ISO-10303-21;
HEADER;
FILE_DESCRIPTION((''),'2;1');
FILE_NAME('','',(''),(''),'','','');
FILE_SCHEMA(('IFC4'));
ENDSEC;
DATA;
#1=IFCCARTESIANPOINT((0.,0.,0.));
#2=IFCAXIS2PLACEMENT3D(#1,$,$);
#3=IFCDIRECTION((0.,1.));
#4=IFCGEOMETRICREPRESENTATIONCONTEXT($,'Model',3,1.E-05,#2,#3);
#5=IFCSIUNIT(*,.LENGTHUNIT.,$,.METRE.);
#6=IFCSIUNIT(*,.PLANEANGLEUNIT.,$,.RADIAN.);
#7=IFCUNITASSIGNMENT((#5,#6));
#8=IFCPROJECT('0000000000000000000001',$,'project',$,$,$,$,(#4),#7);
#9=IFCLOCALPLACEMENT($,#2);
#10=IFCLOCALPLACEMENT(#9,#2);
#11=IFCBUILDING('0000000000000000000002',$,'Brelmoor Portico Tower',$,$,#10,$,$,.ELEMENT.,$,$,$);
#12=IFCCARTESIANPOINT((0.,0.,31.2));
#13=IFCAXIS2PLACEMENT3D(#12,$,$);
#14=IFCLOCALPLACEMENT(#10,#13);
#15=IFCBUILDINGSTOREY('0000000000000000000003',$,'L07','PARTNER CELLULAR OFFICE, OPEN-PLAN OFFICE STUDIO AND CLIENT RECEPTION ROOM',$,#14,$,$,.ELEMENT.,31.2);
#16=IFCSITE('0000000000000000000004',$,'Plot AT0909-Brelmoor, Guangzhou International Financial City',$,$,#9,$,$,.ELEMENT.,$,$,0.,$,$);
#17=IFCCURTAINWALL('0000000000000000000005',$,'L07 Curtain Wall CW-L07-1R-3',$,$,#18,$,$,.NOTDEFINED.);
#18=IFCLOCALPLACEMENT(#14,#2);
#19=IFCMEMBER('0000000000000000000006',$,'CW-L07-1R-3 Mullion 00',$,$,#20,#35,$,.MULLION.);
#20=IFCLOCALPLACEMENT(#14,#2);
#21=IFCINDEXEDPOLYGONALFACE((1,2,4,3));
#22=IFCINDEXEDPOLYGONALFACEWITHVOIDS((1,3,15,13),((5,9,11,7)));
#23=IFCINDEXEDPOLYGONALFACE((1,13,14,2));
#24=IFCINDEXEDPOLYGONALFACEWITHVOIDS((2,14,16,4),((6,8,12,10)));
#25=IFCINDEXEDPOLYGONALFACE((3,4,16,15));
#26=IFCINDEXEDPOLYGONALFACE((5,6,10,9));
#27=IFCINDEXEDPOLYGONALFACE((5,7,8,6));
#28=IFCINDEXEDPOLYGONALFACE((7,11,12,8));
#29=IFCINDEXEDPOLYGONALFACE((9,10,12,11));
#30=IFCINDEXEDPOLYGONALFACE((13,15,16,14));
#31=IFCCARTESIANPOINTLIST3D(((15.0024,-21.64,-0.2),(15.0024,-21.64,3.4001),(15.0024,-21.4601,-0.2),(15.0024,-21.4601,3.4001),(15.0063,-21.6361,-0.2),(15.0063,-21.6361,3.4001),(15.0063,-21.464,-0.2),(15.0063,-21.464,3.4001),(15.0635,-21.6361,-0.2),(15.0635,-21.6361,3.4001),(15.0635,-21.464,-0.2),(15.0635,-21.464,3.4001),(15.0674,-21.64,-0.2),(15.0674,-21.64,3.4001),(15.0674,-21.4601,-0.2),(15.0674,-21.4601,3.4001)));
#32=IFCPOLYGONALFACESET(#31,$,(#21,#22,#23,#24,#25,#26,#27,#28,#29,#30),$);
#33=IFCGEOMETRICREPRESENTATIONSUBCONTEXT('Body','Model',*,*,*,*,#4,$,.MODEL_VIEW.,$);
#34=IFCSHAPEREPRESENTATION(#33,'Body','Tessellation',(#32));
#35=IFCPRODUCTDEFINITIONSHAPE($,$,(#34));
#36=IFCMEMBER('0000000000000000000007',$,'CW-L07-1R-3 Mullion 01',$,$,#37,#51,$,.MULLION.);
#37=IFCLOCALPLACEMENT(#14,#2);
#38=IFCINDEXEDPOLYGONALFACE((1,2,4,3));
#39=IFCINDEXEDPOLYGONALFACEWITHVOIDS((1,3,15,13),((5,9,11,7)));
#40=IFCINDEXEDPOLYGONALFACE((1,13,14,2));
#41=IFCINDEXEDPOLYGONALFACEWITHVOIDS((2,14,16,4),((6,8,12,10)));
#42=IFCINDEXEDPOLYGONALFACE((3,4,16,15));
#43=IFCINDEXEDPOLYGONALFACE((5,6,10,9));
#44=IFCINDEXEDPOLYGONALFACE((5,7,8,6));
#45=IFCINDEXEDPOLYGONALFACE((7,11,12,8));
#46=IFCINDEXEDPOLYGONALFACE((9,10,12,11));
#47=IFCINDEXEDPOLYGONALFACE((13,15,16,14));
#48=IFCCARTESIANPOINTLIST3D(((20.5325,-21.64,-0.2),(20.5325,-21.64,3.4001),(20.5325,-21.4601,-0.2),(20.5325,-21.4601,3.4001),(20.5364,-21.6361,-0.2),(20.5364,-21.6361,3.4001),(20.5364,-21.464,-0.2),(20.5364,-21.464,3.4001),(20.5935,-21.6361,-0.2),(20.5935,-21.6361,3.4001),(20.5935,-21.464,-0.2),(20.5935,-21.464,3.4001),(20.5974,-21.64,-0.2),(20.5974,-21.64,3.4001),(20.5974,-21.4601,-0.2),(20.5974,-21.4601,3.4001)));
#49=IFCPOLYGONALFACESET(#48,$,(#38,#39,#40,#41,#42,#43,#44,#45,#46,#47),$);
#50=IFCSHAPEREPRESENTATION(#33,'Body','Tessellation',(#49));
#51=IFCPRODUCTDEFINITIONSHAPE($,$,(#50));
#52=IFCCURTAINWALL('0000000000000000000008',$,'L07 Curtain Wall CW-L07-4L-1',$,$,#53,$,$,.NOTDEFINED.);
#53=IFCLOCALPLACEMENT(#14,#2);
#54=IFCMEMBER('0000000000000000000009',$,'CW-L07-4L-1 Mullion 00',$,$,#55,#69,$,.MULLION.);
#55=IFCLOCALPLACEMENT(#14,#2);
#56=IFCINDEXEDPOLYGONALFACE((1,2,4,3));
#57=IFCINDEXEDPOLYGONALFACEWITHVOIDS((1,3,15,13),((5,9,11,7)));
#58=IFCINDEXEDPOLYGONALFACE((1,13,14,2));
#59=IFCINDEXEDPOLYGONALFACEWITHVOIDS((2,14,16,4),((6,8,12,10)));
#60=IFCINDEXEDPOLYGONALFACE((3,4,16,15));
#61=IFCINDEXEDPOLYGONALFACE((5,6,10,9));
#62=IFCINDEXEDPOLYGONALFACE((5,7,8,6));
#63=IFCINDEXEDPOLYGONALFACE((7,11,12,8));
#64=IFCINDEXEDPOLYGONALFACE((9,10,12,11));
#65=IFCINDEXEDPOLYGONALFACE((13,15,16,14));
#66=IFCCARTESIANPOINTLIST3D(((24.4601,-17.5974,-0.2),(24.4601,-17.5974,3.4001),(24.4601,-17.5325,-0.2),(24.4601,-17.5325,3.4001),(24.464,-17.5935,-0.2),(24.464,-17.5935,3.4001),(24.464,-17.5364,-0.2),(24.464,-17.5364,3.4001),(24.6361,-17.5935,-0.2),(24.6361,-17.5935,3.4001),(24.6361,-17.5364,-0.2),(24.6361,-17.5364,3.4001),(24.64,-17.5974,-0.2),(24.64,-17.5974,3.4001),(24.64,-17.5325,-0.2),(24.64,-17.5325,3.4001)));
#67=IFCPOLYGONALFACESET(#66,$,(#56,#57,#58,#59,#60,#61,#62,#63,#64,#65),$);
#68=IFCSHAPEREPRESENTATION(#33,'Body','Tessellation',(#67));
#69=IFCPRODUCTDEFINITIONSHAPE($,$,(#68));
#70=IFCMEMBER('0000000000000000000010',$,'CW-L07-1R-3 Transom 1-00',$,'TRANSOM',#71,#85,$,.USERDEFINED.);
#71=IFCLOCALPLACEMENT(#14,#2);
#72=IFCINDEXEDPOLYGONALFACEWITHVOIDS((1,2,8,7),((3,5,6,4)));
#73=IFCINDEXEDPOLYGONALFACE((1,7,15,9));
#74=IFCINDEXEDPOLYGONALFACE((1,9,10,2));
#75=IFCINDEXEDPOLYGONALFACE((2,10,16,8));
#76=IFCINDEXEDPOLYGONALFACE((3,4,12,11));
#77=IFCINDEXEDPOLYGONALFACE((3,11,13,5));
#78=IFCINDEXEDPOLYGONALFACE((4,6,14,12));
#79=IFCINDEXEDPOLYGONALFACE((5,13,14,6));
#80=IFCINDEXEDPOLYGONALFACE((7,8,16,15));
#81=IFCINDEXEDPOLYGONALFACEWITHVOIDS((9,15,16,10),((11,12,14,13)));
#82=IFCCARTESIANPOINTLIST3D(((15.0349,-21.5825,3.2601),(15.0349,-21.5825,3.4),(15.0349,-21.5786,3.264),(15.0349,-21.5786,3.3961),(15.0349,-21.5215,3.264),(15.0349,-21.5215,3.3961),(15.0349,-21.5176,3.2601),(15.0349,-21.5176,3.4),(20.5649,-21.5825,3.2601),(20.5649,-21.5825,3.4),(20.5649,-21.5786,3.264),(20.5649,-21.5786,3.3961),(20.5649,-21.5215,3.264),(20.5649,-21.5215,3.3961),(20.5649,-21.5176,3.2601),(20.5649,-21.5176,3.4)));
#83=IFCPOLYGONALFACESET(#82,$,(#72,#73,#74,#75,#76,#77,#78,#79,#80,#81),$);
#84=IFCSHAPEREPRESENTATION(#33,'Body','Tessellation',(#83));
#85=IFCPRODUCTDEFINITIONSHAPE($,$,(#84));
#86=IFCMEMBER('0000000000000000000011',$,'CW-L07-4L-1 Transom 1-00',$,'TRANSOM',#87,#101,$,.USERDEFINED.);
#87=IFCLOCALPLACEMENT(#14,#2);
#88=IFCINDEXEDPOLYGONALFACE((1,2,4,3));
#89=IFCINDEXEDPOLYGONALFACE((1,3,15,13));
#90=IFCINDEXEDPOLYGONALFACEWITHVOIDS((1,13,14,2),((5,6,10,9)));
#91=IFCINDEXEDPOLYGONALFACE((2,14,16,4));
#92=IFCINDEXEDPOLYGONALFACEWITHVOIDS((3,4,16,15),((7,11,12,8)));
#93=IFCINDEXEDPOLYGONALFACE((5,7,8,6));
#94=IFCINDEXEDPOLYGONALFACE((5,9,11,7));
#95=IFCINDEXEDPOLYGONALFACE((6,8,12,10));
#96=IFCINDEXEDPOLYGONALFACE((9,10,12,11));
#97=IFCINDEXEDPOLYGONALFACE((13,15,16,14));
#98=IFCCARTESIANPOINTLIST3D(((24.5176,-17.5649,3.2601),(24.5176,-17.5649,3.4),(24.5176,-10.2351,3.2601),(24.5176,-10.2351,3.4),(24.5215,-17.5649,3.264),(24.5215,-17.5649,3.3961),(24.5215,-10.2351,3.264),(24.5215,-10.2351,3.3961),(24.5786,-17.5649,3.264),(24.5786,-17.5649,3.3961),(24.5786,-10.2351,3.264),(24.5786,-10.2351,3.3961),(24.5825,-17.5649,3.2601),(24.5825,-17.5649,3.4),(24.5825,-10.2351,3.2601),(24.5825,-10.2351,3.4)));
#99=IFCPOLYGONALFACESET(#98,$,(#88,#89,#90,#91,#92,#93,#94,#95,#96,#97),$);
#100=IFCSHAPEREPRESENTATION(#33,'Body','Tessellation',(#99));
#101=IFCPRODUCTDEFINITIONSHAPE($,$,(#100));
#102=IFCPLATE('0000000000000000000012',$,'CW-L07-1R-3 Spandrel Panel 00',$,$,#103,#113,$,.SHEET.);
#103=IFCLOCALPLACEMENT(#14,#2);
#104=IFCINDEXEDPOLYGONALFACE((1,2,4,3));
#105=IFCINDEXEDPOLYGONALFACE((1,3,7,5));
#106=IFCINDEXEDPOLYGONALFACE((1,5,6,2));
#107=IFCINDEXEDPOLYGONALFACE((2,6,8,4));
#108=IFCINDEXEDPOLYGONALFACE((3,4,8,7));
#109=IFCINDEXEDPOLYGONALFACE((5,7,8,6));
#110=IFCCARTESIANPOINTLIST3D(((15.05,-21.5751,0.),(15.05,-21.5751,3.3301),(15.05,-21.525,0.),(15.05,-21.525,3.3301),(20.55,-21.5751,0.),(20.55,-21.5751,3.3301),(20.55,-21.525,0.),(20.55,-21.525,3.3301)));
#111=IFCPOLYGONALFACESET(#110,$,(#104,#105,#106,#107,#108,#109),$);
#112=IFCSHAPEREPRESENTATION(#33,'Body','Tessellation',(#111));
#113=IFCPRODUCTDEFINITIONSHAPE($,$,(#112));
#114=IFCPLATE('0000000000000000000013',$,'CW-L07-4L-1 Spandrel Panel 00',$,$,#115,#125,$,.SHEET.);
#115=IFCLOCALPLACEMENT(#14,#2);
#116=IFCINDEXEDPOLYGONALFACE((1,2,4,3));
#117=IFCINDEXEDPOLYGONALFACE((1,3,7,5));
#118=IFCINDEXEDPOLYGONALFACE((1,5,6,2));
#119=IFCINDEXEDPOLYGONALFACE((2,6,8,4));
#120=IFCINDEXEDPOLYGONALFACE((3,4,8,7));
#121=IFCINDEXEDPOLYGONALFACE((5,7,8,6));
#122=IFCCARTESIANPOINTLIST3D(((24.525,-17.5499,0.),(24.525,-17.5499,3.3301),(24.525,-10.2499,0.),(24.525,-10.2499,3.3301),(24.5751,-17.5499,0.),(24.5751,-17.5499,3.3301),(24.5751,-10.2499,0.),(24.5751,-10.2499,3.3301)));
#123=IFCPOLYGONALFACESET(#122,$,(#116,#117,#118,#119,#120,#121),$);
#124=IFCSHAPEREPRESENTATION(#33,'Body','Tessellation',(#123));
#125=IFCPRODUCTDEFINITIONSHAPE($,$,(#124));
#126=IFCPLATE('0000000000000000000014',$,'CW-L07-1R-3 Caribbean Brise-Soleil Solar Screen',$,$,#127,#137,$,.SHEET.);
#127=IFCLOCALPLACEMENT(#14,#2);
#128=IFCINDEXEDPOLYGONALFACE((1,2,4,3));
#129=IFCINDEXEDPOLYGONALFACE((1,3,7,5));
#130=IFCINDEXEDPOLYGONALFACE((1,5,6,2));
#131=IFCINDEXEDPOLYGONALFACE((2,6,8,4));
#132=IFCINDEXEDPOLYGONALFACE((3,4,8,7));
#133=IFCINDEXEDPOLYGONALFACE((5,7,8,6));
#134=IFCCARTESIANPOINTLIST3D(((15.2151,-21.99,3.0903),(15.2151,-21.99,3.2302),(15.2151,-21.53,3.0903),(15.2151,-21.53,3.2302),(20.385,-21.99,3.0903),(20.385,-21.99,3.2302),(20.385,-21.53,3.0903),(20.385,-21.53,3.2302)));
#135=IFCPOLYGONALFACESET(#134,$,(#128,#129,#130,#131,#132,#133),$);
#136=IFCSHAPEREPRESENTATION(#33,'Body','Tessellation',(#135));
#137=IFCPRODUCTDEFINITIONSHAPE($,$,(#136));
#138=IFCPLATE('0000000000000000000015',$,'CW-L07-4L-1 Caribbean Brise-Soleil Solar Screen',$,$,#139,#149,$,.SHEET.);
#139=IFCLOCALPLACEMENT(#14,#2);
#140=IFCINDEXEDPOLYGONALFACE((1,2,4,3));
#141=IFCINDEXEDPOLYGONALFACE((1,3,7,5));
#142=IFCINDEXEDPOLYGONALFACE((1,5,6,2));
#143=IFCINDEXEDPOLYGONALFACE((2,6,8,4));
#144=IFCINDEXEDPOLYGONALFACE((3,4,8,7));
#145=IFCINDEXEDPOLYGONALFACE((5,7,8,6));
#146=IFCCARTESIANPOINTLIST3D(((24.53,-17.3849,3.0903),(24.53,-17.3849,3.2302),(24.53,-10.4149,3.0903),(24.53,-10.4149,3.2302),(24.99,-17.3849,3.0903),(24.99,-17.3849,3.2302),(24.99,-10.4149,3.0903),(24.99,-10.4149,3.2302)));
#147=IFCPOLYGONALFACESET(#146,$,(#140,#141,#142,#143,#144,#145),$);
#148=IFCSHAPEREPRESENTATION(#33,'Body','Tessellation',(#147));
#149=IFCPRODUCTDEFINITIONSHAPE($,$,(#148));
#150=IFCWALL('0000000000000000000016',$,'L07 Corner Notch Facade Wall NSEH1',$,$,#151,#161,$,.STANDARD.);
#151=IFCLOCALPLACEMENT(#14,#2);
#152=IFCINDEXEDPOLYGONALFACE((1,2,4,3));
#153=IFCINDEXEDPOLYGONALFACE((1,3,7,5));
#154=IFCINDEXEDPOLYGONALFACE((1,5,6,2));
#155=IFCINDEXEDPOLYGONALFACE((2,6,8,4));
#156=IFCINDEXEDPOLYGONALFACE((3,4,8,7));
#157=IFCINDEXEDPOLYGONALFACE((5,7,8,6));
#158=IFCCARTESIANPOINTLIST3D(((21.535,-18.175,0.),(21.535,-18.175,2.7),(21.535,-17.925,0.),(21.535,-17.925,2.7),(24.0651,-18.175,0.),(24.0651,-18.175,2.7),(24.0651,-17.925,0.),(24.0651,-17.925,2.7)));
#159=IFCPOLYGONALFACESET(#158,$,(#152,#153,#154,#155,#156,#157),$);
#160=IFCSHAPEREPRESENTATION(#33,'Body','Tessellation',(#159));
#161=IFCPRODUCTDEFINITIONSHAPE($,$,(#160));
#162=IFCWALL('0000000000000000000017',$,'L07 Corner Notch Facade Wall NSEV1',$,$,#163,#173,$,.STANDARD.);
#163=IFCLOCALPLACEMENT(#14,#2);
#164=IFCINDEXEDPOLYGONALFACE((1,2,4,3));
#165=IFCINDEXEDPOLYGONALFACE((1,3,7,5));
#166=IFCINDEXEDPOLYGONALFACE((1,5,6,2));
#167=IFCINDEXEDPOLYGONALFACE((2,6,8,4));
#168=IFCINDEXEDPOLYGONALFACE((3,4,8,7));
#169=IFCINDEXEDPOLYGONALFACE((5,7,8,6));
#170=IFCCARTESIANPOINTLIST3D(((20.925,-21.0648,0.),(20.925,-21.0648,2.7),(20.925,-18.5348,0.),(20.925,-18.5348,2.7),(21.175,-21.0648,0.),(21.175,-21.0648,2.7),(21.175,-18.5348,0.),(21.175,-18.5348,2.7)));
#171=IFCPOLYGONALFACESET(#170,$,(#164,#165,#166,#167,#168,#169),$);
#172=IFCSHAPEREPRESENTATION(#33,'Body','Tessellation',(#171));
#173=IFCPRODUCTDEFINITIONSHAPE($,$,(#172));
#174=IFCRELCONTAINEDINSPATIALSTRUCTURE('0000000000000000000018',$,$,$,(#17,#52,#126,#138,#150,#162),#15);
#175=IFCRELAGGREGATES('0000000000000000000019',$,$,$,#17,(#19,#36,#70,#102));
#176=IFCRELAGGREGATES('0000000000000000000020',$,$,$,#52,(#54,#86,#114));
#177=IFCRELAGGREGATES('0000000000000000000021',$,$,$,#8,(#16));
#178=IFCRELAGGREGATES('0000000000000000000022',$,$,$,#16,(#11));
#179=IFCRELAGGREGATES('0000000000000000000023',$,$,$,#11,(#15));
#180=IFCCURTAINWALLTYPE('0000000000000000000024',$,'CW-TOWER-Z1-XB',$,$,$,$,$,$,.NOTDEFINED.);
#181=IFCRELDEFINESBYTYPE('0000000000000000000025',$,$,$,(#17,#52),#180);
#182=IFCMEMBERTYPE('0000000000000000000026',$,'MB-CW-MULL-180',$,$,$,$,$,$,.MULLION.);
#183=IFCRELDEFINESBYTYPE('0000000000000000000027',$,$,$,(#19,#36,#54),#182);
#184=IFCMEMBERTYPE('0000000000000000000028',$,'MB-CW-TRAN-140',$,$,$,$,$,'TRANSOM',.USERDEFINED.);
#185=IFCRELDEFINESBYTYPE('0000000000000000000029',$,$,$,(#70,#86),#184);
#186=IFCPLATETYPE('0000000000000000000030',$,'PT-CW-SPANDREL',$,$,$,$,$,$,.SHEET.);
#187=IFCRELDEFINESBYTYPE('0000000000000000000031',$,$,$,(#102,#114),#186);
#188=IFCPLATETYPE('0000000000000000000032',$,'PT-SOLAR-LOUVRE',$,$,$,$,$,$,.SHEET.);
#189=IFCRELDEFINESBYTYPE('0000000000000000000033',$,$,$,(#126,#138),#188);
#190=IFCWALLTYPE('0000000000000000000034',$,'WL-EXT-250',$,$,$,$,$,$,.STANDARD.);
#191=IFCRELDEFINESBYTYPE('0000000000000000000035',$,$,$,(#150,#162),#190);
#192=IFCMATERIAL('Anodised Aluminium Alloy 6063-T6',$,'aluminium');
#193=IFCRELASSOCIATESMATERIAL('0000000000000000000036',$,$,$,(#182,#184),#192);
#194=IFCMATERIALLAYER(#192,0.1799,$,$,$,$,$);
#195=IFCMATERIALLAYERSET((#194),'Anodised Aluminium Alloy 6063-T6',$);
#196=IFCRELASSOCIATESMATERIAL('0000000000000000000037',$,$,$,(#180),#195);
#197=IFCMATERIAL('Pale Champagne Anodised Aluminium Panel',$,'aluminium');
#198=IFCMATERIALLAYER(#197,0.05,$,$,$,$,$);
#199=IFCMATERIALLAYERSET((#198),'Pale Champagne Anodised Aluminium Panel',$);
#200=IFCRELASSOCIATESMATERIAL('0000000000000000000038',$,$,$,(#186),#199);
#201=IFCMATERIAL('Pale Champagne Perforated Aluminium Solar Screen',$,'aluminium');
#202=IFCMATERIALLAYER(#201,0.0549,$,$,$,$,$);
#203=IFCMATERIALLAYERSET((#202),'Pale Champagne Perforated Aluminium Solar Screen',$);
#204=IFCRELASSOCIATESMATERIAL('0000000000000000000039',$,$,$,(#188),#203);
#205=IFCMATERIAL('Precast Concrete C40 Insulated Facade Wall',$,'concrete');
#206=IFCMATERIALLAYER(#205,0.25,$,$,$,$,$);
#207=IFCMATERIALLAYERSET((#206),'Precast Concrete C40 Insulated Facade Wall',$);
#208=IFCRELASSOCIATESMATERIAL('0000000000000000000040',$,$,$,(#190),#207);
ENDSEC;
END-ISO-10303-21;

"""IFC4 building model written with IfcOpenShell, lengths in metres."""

from ifc_helpers import new_model, si_unit, direction, frame, frame_2d, origin, origin_2d, place, context, subcontext, project, spatial, rectangle, hollow_rectangle, extrude, material, layer, layer_set, material_profile, profile_set, type_object, element, aggregate, save


model = new_model("IFC4")

# Units and contexts
model_context = context("Model", 3, precision=1e-05, world=origin(), true_north=direction((0.0, 1.0)))
body_context = subcontext(model_context, "Body", "Model", "MODEL_VIEW")
ifc_project = project(units=[si_unit("LENGTHUNIT", "METRE"), si_unit("PLANEANGLEUNIT", "RADIAN")], contexts=[model_context])

# Site, building, storey
site_placement = place(None, origin())
site = spatial("IfcSite", under=ifc_project, at=site_placement, Name="Plot AT0909-Brelmoor, Guangzhou International Financial City", CompositionType="ELEMENT", RefElevation=0.0)
building_placement = place(site_placement, origin())
building = spatial("IfcBuilding", under=site, at=building_placement, Name="Brelmoor Portico Tower", CompositionType="ELEMENT")
storey_placement = place(building_placement, frame((0.0, 0.0, 31.2)))
storey = spatial("IfcBuildingStorey", under=building, at=storey_placement, Name="L07", Description="PARTNER CELLULAR OFFICE, OPEN-PLAN OFFICE STUDIO AND CLIENT RECEPTION ROOM", CompositionType="ELEMENT", Elevation=31.2)

# Shared definitions
ifc_material_1 = material(Name="Anodised Aluminium Alloy 6063-T6", Category="aluminium")
ifc_material_profile_1 = material_profile(ifc_material_1, hollow_rectangle(XDim=0.0649, YDim=0.1799, WallThickness=0.0039, at=origin_2d()), Name="ALU MULLION 65x180")
ifc_profile_set_1 = profile_set([ifc_material_profile_1], Name="Anodised Aluminium Alloy 6063-T6")
member_type_1 = type_object("IfcMemberType", Name="MB-CW-MULL-180", PredefinedType="MULLION", material=ifc_profile_set_1)

# Curtain wall, members
ifc_layer_1 = layer(ifc_material_1, 0.1799)
ifc_layer_set_1 = layer_set([ifc_layer_1], Name="Anodised Aluminium Alloy 6063-T6")
curtain_wall_type_1 = type_object("IfcCurtainWallType", Name="CW-TOWER-Z1-XB", PredefinedType="NOTDEFINED", material=ifc_layer_set_1)
curtain_wall_1_placement = place(storey_placement, origin())
curtain_wall_1 = element("IfcCurtainWall", 1, at=curtain_wall_1_placement, inside=storey, type_object=curtain_wall_type_1, Name="L07 Curtain Wall CW-L07-1R-3", PredefinedType="NOTDEFINED")
member_1_placement = place(storey_placement, frame((15.0349, -21.55, -0.2), z_axis=(0.0, 0.0, 1.0), x_axis=(1.0, 0.0, 0.0)))
member_1 = element("IfcMember", 2, at=member_1_placement, type_object=member_type_1, Name="CW-L07-1R-3 Mullion 00", PredefinedType="MULLION", context=body_context, shape_type="SweptSolid", body=[
    extrude(hollow_rectangle(XDim=0.0649, YDim=0.1799, WallThickness=0.0039, at=origin_2d()), origin(), (0.0, 0.0, 1.0), 3.6001),
])
member_2_placement = place(storey_placement, frame((20.5649, -21.55, -0.2), z_axis=(0.0, 0.0, 1.0), x_axis=(1.0, 0.0, 0.0)))
member_2 = element("IfcMember", 3, at=member_2_placement, type_object=member_type_1, Name="CW-L07-1R-3 Mullion 01", PredefinedType="MULLION", context=body_context, shape_type="SweptSolid", body=[
    extrude(hollow_rectangle(XDim=0.0649, YDim=0.1799, WallThickness=0.0039, at=origin_2d()), origin(), (0.0, 0.0, 1.0), 3.6001),
])

# Curtain wall, member
curtain_wall_2_placement = place(storey_placement, origin())
curtain_wall_2 = element("IfcCurtainWall", 4, at=curtain_wall_2_placement, inside=storey, type_object=curtain_wall_type_1, Name="L07 Curtain Wall CW-L07-4L-1", PredefinedType="NOTDEFINED")
member_3_placement = place(storey_placement, frame((24.55, -17.5649, -0.2), z_axis=(0.0, 0.0, 1.0), x_axis=(0.0, 1.0, 0.0)))
member_3 = element("IfcMember", 5, at=member_3_placement, type_object=member_type_1, Name="CW-L07-4L-1 Mullion 00", PredefinedType="MULLION", context=body_context, shape_type="SweptSolid", body=[
    extrude(hollow_rectangle(XDim=0.0649, YDim=0.1799, WallThickness=0.0039, at=origin_2d()), origin(), (0.0, 0.0, 1.0), 3.6001),
])

# Members
ifc_material_profile_2 = material_profile(ifc_material_1, hollow_rectangle(XDim=0.0649, YDim=0.1399, WallThickness=0.0039, at=origin_2d()), Name="ALU TRANSOM 65x140")
ifc_profile_set_2 = profile_set([ifc_material_profile_2], Name="Anodised Aluminium Alloy 6063-T6")
member_type_2 = type_object("IfcMemberType", Name="MB-CW-TRAN-140", ElementType="TRANSOM", PredefinedType="USERDEFINED", material=ifc_profile_set_2)
member_4_placement = place(storey_placement, frame((15.0349, -21.55, 3.3301), z_axis=(1.0, 0.0, 0.0), x_axis=(0.0, 1.0, 0.0)))
member_4 = element("IfcMember", 6, at=member_4_placement, type_object=member_type_2, Name="CW-L07-1R-3 Transom 1-00", ObjectType="TRANSOM", PredefinedType="USERDEFINED", context=body_context, shape_type="SweptSolid", body=[
    extrude(hollow_rectangle(XDim=0.0649, YDim=0.1399, WallThickness=0.0039, at=origin_2d()), origin(), (0.0, 0.0, 1.0), 5.53),
])
member_5_placement = place(storey_placement, frame((24.55, -17.5649, 3.3301), z_axis=(0.0, 1.0, 0.0), x_axis=(-1.0, 0.0, 0.0)))
member_5 = element("IfcMember", 7, at=member_5_placement, type_object=member_type_2, Name="CW-L07-4L-1 Transom 1-00", ObjectType="TRANSOM", PredefinedType="USERDEFINED", context=body_context, shape_type="SweptSolid", body=[
    extrude(hollow_rectangle(XDim=0.0649, YDim=0.1399, WallThickness=0.0039, at=origin_2d()), origin(), (0.0, 0.0, 1.0), 7.3298),
])

# Plates
ifc_material_2 = material(Name="Pale Champagne Anodised Aluminium Panel", Category="aluminium")
ifc_layer_2 = layer(ifc_material_2, 0.05)
ifc_layer_set_2 = layer_set([ifc_layer_2], Name="Pale Champagne Anodised Aluminium Panel")
plate_type_1 = type_object("IfcPlateType", Name="PT-CW-SPANDREL", PredefinedType="SHEET", material=ifc_layer_set_2)
plate_1_placement = place(storey_placement, frame((17.8, -21.55, 0.0), z_axis=(0.0, 0.0, 1.0), x_axis=(1.0, 0.0, 0.0)))
plate_1 = element("IfcPlate", 8, at=plate_1_placement, type_object=plate_type_1, Name="CW-L07-1R-3 Spandrel Panel 00", PredefinedType="SHEET", context=body_context, shape_type="SweptSolid", body=[
    extrude(rectangle(XDim=5.5, YDim=0.05, at=origin_2d()), origin(), (0.0, 0.0, 1.0), 3.3301),
])
aggregate(curtain_wall_1, [member_1, member_2, member_4, plate_1])
plate_2_placement = place(storey_placement, frame((24.55, -13.8999, 0.0), z_axis=(0.0, 0.0, 1.0), x_axis=(0.0, 1.0, 0.0)))
plate_2 = element("IfcPlate", 9, at=plate_2_placement, type_object=plate_type_1, Name="CW-L07-4L-1 Spandrel Panel 00", PredefinedType="SHEET", context=body_context, shape_type="SweptSolid", body=[
    extrude(rectangle(XDim=7.3, YDim=0.05, at=origin_2d()), origin(), (0.0, 0.0, 1.0), 3.3301),
])
aggregate(curtain_wall_2, [member_3, member_5, plate_2])

# Plates
ifc_material_3 = material(Name="Pale Champagne Perforated Aluminium Solar Screen", Category="aluminium")
ifc_layer_3 = layer(ifc_material_3, 0.0549)
ifc_layer_set_3 = layer_set([ifc_layer_3], Name="Pale Champagne Perforated Aluminium Solar Screen")
plate_type_2 = type_object("IfcPlateType", Name="PT-SOLAR-LOUVRE", PredefinedType="SHEET", material=ifc_layer_set_3)
plate_3_placement = place(storey_placement, frame((17.8, -21.76, 3.0903), z_axis=(0.0, 0.0, 1.0), x_axis=(1.0, 0.0, 0.0)))
element("IfcPlate", 10, at=plate_3_placement, inside=storey, type_object=plate_type_2, Name="CW-L07-1R-3 Caribbean Brise-Soleil Solar Screen", PredefinedType="SHEET", context=body_context, shape_type="SweptSolid", body=[
    extrude(rectangle(XDim=5.1699, YDim=0.46, at=origin_2d()), origin(), (0.0, 0.0, 1.0), 0.1399),
])
plate_4_placement = place(storey_placement, frame((24.76, -13.8999, 3.0903), z_axis=(0.0, 0.0, 1.0), x_axis=(0.0, 1.0, 0.0)))
element("IfcPlate", 11, at=plate_4_placement, inside=storey, type_object=plate_type_2, Name="CW-L07-4L-1 Caribbean Brise-Soleil Solar Screen", PredefinedType="SHEET", context=body_context, shape_type="SweptSolid", body=[
    extrude(rectangle(XDim=6.97, YDim=0.46, at=origin_2d()), origin(), (0.0, 0.0, 1.0), 0.1399),
])

# Walls
ifc_material_4 = material(Name="Precast Concrete C40 Insulated Facade Wall", Category="concrete")
ifc_layer_4 = layer(ifc_material_4, 0.25)
ifc_layer_set_4 = layer_set([ifc_layer_4], Name="Precast Concrete C40 Insulated Facade Wall")
wall_type_1 = type_object("IfcWallType", Name="WL-EXT-250", PredefinedType="STANDARD", material=ifc_layer_set_4)
for number, where, z_axis, x_axis, name in (
    (12, (21.5349, -18.05, 0.0), (0.0, 0.0, 1.0), (1.0, 0.0, 0.0), "L07 Corner Notch Facade Wall NSEH1"),
    (13, (21.05, -21.0649, 0.0), (0.0, 0.0, 1.0), (0.0, 1.0, 0.0), "L07 Corner Notch Facade Wall NSEV1"),
):
    element("IfcWall", number, at=place(storey_placement, frame(where, z_axis=z_axis, x_axis=x_axis)), inside=storey, type_object=wall_type_1, Name=name, PredefinedType="STANDARD", context=body_context, shape_type="SweptSolid", body=[
        extrude(rectangle(XDim=2.53, YDim=0.25, at=frame_2d((1.2651, 0.0))), origin(), (0.0, 0.0, 1.0), 2.7),
    ])

save(model, "model.ifc")
